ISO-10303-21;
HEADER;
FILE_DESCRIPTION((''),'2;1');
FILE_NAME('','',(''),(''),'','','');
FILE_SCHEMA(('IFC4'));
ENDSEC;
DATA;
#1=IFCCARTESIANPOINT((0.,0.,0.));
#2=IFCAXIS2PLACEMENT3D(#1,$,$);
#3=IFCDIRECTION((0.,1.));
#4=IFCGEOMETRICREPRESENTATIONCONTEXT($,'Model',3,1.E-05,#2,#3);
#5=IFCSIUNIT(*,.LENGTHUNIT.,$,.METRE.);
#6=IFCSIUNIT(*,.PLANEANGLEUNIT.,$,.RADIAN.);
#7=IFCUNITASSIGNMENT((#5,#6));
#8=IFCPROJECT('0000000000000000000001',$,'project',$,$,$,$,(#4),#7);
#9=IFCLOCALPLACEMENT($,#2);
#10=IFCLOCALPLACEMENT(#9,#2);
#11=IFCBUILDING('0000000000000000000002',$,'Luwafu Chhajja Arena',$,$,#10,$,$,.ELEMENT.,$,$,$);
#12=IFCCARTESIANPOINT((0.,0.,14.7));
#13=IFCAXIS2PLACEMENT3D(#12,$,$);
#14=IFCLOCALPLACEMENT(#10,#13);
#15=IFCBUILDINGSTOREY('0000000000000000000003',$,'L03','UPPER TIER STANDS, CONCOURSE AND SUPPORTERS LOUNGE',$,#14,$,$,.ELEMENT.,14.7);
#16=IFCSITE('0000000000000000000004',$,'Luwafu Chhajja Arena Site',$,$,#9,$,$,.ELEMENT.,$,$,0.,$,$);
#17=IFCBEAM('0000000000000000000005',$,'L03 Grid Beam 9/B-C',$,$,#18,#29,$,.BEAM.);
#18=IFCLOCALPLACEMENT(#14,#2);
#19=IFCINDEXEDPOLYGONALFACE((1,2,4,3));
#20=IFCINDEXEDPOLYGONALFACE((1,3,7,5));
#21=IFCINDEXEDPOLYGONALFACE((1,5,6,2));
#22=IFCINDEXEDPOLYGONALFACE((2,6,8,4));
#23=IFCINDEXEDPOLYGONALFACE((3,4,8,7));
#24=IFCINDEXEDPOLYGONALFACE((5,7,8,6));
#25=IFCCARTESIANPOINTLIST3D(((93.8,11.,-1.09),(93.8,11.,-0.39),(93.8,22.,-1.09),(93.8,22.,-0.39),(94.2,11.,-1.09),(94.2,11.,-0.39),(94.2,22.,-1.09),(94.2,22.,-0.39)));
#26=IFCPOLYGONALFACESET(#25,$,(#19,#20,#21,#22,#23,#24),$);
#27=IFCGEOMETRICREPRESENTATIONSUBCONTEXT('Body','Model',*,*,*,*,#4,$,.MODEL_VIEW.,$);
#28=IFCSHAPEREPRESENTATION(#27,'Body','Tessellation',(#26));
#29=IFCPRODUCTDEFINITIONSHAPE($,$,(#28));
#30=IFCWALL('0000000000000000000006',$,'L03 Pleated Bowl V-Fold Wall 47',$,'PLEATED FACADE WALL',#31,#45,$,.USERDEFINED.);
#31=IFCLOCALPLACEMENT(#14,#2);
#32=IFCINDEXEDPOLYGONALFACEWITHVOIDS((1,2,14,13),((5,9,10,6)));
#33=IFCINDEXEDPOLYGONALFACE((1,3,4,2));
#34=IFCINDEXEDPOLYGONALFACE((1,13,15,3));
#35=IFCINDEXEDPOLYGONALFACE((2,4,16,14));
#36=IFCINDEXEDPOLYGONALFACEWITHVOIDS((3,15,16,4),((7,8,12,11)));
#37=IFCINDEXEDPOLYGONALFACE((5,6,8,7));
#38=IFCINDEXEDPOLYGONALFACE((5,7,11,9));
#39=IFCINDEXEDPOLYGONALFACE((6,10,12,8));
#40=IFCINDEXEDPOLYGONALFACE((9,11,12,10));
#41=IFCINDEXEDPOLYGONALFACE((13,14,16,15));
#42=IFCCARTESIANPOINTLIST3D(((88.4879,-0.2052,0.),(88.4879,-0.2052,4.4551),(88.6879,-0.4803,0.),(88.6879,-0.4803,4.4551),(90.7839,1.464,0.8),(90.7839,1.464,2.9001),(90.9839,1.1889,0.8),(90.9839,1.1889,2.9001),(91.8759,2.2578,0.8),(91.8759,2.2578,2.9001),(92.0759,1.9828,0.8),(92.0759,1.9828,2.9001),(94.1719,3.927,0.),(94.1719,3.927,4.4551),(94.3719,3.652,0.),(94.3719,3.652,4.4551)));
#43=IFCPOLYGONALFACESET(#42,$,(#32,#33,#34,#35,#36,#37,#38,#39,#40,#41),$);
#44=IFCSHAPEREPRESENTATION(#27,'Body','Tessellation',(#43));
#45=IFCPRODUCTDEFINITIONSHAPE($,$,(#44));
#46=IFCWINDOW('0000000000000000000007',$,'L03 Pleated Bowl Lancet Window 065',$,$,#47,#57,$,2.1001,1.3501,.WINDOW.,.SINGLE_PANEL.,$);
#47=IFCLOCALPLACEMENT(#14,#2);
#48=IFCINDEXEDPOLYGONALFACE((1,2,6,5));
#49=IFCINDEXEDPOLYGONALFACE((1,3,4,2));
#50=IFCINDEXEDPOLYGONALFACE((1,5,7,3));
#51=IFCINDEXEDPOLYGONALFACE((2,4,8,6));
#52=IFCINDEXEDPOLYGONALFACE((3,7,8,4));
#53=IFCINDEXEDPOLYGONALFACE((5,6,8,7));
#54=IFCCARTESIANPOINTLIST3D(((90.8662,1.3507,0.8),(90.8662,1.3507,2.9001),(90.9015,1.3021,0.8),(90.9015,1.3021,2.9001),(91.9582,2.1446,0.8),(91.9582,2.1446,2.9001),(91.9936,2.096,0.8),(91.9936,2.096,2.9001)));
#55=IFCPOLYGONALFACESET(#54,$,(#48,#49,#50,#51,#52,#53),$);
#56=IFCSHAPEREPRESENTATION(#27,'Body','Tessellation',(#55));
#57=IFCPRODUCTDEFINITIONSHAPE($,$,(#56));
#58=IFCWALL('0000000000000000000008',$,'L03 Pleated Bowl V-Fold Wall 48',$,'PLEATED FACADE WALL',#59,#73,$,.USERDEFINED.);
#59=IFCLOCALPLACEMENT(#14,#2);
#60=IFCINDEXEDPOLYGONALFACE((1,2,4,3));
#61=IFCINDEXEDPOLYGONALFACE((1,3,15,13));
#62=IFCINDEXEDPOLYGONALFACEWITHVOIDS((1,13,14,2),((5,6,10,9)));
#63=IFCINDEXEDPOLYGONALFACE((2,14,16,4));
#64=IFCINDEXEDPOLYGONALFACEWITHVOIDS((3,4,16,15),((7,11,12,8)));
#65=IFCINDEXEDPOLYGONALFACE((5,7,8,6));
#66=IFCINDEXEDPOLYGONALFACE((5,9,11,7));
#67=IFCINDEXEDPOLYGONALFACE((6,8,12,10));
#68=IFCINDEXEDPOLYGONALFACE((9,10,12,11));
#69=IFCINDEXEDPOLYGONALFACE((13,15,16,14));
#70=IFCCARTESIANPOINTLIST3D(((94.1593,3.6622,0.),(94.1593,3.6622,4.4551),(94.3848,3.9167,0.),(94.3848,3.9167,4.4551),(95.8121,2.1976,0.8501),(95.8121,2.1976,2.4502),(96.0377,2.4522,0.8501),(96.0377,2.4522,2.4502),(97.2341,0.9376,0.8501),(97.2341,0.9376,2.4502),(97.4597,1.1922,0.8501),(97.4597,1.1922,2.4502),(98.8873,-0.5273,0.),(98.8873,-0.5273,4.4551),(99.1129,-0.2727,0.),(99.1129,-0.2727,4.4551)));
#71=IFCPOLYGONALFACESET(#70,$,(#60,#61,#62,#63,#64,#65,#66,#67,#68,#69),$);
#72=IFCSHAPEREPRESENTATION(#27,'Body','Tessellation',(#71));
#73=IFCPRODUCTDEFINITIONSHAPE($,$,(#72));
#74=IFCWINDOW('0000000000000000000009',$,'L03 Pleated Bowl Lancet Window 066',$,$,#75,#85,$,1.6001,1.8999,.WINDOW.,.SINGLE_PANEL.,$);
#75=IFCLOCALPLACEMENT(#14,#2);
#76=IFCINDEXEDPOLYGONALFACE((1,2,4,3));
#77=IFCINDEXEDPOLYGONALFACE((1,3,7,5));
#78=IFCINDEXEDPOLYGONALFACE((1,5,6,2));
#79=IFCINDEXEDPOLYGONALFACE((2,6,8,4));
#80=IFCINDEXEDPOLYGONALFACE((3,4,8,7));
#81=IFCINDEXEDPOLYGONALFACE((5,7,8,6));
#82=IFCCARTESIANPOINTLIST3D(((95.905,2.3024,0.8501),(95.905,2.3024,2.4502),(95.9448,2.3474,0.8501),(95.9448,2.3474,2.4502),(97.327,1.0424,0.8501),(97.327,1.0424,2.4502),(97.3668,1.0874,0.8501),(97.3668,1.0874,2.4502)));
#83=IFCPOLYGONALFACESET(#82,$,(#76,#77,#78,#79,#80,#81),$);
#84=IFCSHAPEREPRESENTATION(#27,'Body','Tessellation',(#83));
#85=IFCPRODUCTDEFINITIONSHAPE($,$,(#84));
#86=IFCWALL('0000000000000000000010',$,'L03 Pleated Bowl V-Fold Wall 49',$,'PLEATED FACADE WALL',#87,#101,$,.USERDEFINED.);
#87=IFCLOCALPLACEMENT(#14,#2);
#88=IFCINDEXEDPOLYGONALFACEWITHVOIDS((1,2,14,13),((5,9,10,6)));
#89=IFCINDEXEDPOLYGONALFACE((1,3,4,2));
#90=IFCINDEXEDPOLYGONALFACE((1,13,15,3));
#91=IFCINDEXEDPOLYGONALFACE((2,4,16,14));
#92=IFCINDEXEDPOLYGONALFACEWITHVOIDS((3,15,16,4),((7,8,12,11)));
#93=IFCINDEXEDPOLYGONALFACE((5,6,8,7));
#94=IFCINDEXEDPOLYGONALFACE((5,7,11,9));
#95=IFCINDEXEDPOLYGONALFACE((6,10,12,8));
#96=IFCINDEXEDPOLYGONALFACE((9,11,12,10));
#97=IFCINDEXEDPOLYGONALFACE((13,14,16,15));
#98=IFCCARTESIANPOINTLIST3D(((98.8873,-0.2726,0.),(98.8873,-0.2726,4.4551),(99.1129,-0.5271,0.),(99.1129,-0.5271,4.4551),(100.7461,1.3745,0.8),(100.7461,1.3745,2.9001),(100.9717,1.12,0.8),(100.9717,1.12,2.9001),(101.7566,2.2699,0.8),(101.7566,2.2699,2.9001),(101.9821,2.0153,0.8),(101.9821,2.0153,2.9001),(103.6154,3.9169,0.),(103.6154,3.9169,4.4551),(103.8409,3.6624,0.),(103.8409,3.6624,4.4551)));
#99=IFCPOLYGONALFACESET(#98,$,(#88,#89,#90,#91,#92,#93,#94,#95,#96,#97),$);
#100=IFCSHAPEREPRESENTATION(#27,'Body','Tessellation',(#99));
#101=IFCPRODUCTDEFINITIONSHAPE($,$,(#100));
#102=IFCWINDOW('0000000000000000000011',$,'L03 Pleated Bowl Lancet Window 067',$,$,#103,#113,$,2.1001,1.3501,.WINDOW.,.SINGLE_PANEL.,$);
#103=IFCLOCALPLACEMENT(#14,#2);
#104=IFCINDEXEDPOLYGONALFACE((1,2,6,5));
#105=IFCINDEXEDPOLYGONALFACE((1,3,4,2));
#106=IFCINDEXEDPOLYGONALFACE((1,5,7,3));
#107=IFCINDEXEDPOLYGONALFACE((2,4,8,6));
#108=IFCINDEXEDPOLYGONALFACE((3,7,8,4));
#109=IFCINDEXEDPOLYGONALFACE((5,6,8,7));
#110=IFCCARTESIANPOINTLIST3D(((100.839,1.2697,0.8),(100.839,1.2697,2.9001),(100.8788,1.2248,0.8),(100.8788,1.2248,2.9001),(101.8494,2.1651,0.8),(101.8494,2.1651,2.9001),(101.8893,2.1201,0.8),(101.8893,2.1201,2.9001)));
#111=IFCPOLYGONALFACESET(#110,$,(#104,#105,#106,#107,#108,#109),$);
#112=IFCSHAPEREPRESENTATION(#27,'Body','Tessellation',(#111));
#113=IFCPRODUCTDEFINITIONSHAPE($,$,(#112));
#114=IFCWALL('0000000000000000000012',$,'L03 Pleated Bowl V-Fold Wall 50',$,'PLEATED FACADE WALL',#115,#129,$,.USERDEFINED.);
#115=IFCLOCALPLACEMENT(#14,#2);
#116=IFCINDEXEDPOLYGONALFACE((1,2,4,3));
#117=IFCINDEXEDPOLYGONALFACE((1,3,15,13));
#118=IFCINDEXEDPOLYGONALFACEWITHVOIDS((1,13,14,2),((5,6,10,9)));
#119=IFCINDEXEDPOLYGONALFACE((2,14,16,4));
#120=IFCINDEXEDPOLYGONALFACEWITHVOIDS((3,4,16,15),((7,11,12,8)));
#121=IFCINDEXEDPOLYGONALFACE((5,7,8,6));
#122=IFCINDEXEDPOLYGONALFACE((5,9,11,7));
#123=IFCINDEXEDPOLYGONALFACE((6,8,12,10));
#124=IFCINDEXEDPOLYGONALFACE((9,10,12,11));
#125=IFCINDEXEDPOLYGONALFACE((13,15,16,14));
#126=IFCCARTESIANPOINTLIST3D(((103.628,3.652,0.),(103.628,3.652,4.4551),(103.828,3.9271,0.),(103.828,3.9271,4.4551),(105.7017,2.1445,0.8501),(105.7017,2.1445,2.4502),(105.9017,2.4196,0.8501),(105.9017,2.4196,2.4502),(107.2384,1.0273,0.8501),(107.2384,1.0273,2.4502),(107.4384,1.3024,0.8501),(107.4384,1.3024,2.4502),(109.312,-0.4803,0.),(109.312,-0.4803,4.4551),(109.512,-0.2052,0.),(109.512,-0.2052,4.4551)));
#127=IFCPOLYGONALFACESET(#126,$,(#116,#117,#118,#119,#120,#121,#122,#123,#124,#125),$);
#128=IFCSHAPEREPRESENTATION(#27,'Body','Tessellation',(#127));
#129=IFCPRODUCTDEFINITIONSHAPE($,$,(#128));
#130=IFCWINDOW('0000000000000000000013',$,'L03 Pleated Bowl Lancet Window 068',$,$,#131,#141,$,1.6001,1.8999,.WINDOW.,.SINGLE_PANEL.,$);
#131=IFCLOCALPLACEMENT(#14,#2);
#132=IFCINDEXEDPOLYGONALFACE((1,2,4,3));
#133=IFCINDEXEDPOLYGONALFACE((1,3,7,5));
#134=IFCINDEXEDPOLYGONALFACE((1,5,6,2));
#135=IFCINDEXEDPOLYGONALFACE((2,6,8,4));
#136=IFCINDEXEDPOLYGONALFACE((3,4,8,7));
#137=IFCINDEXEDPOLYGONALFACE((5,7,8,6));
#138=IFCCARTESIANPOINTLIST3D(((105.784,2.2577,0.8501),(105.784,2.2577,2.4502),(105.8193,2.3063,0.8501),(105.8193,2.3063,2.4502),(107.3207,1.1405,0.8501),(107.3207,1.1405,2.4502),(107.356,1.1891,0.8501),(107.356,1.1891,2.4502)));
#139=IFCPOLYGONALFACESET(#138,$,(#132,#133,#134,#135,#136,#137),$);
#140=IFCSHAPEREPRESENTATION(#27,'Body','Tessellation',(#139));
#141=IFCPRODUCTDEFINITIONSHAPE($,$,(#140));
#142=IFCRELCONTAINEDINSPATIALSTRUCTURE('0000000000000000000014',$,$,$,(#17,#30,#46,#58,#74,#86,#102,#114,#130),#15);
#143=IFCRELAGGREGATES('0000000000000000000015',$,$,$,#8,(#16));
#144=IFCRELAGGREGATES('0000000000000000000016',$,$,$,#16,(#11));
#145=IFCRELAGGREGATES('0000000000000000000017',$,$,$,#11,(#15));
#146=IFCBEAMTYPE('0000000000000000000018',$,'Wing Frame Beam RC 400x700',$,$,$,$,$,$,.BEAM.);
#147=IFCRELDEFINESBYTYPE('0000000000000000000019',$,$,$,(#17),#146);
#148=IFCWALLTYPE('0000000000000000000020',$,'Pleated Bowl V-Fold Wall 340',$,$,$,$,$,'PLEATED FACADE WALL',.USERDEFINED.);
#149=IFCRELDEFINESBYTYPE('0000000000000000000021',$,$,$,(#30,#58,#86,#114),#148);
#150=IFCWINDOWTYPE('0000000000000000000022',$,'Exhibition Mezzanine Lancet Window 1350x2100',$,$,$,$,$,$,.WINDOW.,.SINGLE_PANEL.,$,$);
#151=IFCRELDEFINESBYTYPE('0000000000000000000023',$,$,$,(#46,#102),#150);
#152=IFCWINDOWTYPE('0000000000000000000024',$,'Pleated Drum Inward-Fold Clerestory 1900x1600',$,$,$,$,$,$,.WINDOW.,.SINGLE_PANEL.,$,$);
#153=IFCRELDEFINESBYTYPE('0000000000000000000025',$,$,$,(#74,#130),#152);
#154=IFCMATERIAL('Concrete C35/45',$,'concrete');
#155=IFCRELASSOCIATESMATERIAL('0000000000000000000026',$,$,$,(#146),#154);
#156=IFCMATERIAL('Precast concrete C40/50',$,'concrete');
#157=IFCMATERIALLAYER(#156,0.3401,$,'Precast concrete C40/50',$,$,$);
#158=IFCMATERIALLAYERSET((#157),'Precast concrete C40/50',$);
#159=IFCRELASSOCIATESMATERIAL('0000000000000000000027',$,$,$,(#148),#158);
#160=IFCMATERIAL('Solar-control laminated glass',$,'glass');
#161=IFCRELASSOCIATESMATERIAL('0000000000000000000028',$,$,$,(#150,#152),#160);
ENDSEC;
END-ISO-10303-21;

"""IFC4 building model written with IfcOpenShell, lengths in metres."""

from ifc_helpers import new_model, si_unit, direction, frame, frame_2d, origin, origin_2d, place, context, subcontext, project, spatial, rectangle, extrude, material, layer, layer_set, material_profile, profile_set, type_object, element, fill, save


model = new_model("IFC4")

# Units and contexts
model_context = context("Model", 3, precision=1e-05, world=origin(), true_north=direction((0.0, 1.0)))
body_context = subcontext(model_context, "Body", "Model", "MODEL_VIEW")
ifc_project = project(units=[si_unit("LENGTHUNIT", "METRE"), si_unit("PLANEANGLEUNIT", "RADIAN")], contexts=[model_context])

# Site, building, storey
site_placement = place(None, origin())
site = spatial("IfcSite", under=ifc_project, at=site_placement, Name="Luwafu Chhajja Arena Site", CompositionType="ELEMENT", RefElevation=0.0)
building_placement = place(site_placement, origin())
building = spatial("IfcBuilding", under=site, at=building_placement, Name="Luwafu Chhajja Arena", CompositionType="ELEMENT")
storey_placement = place(building_placement, frame((0.0, 0.0, 14.7)))
storey = spatial("IfcBuildingStorey", under=building, at=storey_placement, Name="L03", Description="UPPER TIER STANDS, CONCOURSE AND SUPPORTERS LOUNGE", CompositionType="ELEMENT", Elevation=14.7)

# Shared definitions
ifc_material_1 = material(Name="Concrete C35/45", Category="concrete")

# Beam
ifc_material_profile_1 = material_profile(ifc_material_1, rectangle(XDim=0.3999, YDim=0.7, at=origin_2d()), Name="RC 400x700")
ifc_profile_set_1 = profile_set([ifc_material_profile_1], Name="Concrete C35/45")
beam_type_1 = type_object("IfcBeamType", Name="Wing Frame Beam RC 400x700", PredefinedType="BEAM", material=ifc_profile_set_1)
beam_1_placement = place(storey_placement, frame((94.0, 11.0, -0.74), z_axis=(0.0, 1.0, 0.0), x_axis=(-1.0, 0.0, 0.0)))
element("IfcBeam", 1, at=beam_1_placement, inside=storey, type_object=beam_type_1, Name="L03 Grid Beam 9/B-C", PredefinedType="BEAM", context=body_context, shape_type="SweptSolid", body=[
    extrude(rectangle(XDim=0.3999, YDim=0.7, at=origin_2d()), origin(), (0.0, 0.0, 1.0), 11.0),
])

# Walls, openings, windows
ifc_material_2 = material(Name="Precast concrete C40/50", Category="concrete")
ifc_layer_1 = layer(ifc_material_2, 0.3401, Name="Precast concrete C40/50")
ifc_layer_set_1 = layer_set([ifc_layer_1], Name="Precast concrete C40/50")
wall_type = type_object("IfcWallType", Name="Pleated Bowl V-Fold Wall 340", ElementType="PLEATED FACADE WALL", PredefinedType="USERDEFINED", material=ifc_layer_set_1)
wall_1_placement = place(storey_placement, frame((88.5879, -0.3428, 0.0), z_axis=(0.0, 0.0, 1.0), x_axis=(0.808841, 0.588027, 0.0)))
wall_1 = element("IfcWall", 2, at=wall_1_placement, inside=storey, type_object=wall_type, Name="L03 Pleated Bowl V-Fold Wall 47", ObjectType="PLEATED FACADE WALL", PredefinedType="USERDEFINED", context=body_context, shape_type="SweptSolid", body=[
    extrude(rectangle(XDim=7.0273, YDim=0.3401, at=frame_2d((3.5137, 0.0))), origin(), (0.0, 0.0, 1.0), 4.4551),
])
opening_1_placement = place(wall_1_placement, frame((2.8386, 0.0, 0.8)))
opening_1 = element("IfcOpeningElement", 3, at=opening_1_placement, cuts=wall_1, PredefinedType="OPENING", context=body_context, shape_type="SweptSolid", body=[
    extrude(rectangle(XDim=1.3501, YDim=2.1001, at=frame_2d((0.675, 1.05))), frame((0.0, 0.1799, 0.0), z_axis=(0.0, -1.0, 0.0), x_axis=(1.0, 0.0, 0.0)), (0.0, 0.0, 1.0), 0.3601),
])
ifc_material_3 = material(Name="Solar-control laminated glass", Category="glass")
window_type_1 = type_object("IfcWindowType", Name="Exhibition Mezzanine Lancet Window 1350x2100", PartitioningType="SINGLE_PANEL", PredefinedType="WINDOW", material=ifc_material_3)
window_1_placement = place(opening_1_placement, origin())
window_1 = element("IfcWindow", 4, at=window_1_placement, inside=storey, type_object=window_type_1, Name="L03 Pleated Bowl Lancet Window 065", OverallHeight=2.1001, OverallWidth=1.3501, PartitioningType="SINGLE_PANEL", PredefinedType="WINDOW", context=body_context, shape_type="SweptSolid", body=[
    extrude(rectangle(XDim=1.3501, YDim=2.1001, at=frame_2d((0.675, 1.05))), frame((0.0, 0.03, 0.0), z_axis=(0.0, -1.0, 0.0), x_axis=(1.0, 0.0, 0.0)), (0.0, 0.0, 1.0), 0.0601),
])
fill(opening_1, window_1)
wall_2_placement = place(storey_placement, frame((94.272, 3.7896, 0.0), z_axis=(0.0, 0.0, 1.0), x_axis=(0.748449, -0.663192, 0.0)))
wall_2 = element("IfcWall", 5, at=wall_2_placement, inside=storey, type_object=wall_type, Name="L03 Pleated Bowl V-Fold Wall 48", ObjectType="PLEATED FACADE WALL", PredefinedType="USERDEFINED", context=body_context, shape_type="SweptSolid", body=[
    extrude(rectangle(XDim=6.3171, YDim=0.3401, at=frame_2d((3.1587, 0.0))), origin(), (0.0, 0.0, 1.0), 4.4551),
])
opening_2_placement = place(wall_2_placement, frame((2.2085, 0.0, 0.8501)))
opening_2 = element("IfcOpeningElement", 6, at=opening_2_placement, cuts=wall_2, PredefinedType="OPENING", context=body_context, shape_type="SweptSolid", body=[
    extrude(rectangle(XDim=1.8999, YDim=1.6001, at=frame_2d((0.95, 0.8))), frame((0.0, 0.1799, 0.0), z_axis=(0.0, -1.0, 0.0), x_axis=(1.0, 0.0, 0.0)), (0.0, 0.0, 1.0), 0.3601),
])
window_type_2 = type_object("IfcWindowType", Name="Pleated Drum Inward-Fold Clerestory 1900x1600", PartitioningType="SINGLE_PANEL", PredefinedType="WINDOW", material=ifc_material_3)
window_2_placement = place(opening_2_placement, origin())
window_2 = element("IfcWindow", 7, at=window_2_placement, inside=storey, type_object=window_type_2, Name="L03 Pleated Bowl Lancet Window 066", OverallHeight=1.6001, OverallWidth=1.8999, PartitioningType="SINGLE_PANEL", PredefinedType="WINDOW", context=body_context, shape_type="SweptSolid", body=[
    extrude(rectangle(XDim=1.8999, YDim=1.6001, at=frame_2d((0.95, 0.8))), frame((0.0, 0.03, 0.0), z_axis=(0.0, -1.0, 0.0), x_axis=(1.0, 0.0, 0.0)), (0.0, 0.0, 1.0), 0.0601),
])
fill(opening_2, window_2)
wall_3_placement = place(storey_placement, frame((99.0, -0.3999, 0.0), z_axis=(0.0, 0.0, 1.0), x_axis=(0.748449, 0.663192, 0.0)))
wall_3 = element("IfcWall", 8, at=wall_3_placement, inside=storey, type_object=wall_type, Name="L03 Pleated Bowl V-Fold Wall 49", ObjectType="PLEATED FACADE WALL", PredefinedType="USERDEFINED", context=body_context, shape_type="SweptSolid", body=[
    extrude(rectangle(XDim=6.3171, YDim=0.3401, at=frame_2d((3.1587, 0.0))), origin(), (0.0, 0.0, 1.0), 4.4551),
])
opening_3_placement = place(wall_3_placement, frame((2.4836, 0.0, 0.8)))
opening_3 = element("IfcOpeningElement", 9, at=opening_3_placement, cuts=wall_3, PredefinedType="OPENING", context=body_context, shape_type="SweptSolid", body=[
    extrude(rectangle(XDim=1.3501, YDim=2.1001, at=frame_2d((0.675, 1.05))), frame((0.0, 0.1799, 0.0), z_axis=(0.0, -1.0, 0.0), x_axis=(1.0, 0.0, 0.0)), (0.0, 0.0, 1.0), 0.3601),
])
window_3_placement = place(opening_3_placement, origin())
window_3 = element("IfcWindow", 10, at=window_3_placement, inside=storey, type_object=window_type_1, Name="L03 Pleated Bowl Lancet Window 067", OverallHeight=2.1001, OverallWidth=1.3501, PartitioningType="SINGLE_PANEL", PredefinedType="WINDOW", context=body_context, shape_type="SweptSolid", body=[
    extrude(rectangle(XDim=1.3501, YDim=2.1001, at=frame_2d((0.675, 1.05))), frame((0.0, 0.03, 0.0), z_axis=(0.0, -1.0, 0.0), x_axis=(1.0, 0.0, 0.0)), (0.0, 0.0, 1.0), 0.0601),
])
fill(opening_3, window_3)
wall_4_placement = place(storey_placement, frame((103.728, 3.7896, 0.0), z_axis=(0.0, 0.0, 1.0), x_axis=(0.808841, -0.588027, 0.0)))
wall_4 = element("IfcWall", 11, at=wall_4_placement, inside=storey, type_object=wall_type, Name="L03 Pleated Bowl V-Fold Wall 50", ObjectType="PLEATED FACADE WALL", PredefinedType="USERDEFINED", context=body_context, shape_type="SweptSolid", body=[
    extrude(rectangle(XDim=7.0273, YDim=0.3401, at=frame_2d((3.5137, 0.0))), origin(), (0.0, 0.0, 1.0), 4.4551),
])
opening_4_placement = place(wall_4_placement, frame((2.5637, 0.0, 0.8501)))
opening_4 = element("IfcOpeningElement", 12, at=opening_4_placement, cuts=wall_4, PredefinedType="OPENING", context=body_context, shape_type="SweptSolid", body=[
    extrude(rectangle(XDim=1.8999, YDim=1.6001, at=frame_2d((0.95, 0.8))), frame((0.0, 0.1799, 0.0), z_axis=(0.0, -1.0, 0.0), x_axis=(1.0, 0.0, 0.0)), (0.0, 0.0, 1.0), 0.3601),
])
window_4_placement = place(opening_4_placement, origin())
window_4 = element("IfcWindow", 13, at=window_4_placement, inside=storey, type_object=window_type_2, Name="L03 Pleated Bowl Lancet Window 068", OverallHeight=1.6001, OverallWidth=1.8999, PartitioningType="SINGLE_PANEL", PredefinedType="WINDOW", context=body_context, shape_type="SweptSolid", body=[
    extrude(rectangle(XDim=1.8999, YDim=1.6001, at=frame_2d((0.95, 0.8))), frame((0.0, 0.03, 0.0), z_axis=(0.0, -1.0, 0.0), x_axis=(1.0, 0.0, 0.0)), (0.0, 0.0, 1.0), 0.0601),
])
fill(opening_4, window_4)

save(model, "model.ifc")
